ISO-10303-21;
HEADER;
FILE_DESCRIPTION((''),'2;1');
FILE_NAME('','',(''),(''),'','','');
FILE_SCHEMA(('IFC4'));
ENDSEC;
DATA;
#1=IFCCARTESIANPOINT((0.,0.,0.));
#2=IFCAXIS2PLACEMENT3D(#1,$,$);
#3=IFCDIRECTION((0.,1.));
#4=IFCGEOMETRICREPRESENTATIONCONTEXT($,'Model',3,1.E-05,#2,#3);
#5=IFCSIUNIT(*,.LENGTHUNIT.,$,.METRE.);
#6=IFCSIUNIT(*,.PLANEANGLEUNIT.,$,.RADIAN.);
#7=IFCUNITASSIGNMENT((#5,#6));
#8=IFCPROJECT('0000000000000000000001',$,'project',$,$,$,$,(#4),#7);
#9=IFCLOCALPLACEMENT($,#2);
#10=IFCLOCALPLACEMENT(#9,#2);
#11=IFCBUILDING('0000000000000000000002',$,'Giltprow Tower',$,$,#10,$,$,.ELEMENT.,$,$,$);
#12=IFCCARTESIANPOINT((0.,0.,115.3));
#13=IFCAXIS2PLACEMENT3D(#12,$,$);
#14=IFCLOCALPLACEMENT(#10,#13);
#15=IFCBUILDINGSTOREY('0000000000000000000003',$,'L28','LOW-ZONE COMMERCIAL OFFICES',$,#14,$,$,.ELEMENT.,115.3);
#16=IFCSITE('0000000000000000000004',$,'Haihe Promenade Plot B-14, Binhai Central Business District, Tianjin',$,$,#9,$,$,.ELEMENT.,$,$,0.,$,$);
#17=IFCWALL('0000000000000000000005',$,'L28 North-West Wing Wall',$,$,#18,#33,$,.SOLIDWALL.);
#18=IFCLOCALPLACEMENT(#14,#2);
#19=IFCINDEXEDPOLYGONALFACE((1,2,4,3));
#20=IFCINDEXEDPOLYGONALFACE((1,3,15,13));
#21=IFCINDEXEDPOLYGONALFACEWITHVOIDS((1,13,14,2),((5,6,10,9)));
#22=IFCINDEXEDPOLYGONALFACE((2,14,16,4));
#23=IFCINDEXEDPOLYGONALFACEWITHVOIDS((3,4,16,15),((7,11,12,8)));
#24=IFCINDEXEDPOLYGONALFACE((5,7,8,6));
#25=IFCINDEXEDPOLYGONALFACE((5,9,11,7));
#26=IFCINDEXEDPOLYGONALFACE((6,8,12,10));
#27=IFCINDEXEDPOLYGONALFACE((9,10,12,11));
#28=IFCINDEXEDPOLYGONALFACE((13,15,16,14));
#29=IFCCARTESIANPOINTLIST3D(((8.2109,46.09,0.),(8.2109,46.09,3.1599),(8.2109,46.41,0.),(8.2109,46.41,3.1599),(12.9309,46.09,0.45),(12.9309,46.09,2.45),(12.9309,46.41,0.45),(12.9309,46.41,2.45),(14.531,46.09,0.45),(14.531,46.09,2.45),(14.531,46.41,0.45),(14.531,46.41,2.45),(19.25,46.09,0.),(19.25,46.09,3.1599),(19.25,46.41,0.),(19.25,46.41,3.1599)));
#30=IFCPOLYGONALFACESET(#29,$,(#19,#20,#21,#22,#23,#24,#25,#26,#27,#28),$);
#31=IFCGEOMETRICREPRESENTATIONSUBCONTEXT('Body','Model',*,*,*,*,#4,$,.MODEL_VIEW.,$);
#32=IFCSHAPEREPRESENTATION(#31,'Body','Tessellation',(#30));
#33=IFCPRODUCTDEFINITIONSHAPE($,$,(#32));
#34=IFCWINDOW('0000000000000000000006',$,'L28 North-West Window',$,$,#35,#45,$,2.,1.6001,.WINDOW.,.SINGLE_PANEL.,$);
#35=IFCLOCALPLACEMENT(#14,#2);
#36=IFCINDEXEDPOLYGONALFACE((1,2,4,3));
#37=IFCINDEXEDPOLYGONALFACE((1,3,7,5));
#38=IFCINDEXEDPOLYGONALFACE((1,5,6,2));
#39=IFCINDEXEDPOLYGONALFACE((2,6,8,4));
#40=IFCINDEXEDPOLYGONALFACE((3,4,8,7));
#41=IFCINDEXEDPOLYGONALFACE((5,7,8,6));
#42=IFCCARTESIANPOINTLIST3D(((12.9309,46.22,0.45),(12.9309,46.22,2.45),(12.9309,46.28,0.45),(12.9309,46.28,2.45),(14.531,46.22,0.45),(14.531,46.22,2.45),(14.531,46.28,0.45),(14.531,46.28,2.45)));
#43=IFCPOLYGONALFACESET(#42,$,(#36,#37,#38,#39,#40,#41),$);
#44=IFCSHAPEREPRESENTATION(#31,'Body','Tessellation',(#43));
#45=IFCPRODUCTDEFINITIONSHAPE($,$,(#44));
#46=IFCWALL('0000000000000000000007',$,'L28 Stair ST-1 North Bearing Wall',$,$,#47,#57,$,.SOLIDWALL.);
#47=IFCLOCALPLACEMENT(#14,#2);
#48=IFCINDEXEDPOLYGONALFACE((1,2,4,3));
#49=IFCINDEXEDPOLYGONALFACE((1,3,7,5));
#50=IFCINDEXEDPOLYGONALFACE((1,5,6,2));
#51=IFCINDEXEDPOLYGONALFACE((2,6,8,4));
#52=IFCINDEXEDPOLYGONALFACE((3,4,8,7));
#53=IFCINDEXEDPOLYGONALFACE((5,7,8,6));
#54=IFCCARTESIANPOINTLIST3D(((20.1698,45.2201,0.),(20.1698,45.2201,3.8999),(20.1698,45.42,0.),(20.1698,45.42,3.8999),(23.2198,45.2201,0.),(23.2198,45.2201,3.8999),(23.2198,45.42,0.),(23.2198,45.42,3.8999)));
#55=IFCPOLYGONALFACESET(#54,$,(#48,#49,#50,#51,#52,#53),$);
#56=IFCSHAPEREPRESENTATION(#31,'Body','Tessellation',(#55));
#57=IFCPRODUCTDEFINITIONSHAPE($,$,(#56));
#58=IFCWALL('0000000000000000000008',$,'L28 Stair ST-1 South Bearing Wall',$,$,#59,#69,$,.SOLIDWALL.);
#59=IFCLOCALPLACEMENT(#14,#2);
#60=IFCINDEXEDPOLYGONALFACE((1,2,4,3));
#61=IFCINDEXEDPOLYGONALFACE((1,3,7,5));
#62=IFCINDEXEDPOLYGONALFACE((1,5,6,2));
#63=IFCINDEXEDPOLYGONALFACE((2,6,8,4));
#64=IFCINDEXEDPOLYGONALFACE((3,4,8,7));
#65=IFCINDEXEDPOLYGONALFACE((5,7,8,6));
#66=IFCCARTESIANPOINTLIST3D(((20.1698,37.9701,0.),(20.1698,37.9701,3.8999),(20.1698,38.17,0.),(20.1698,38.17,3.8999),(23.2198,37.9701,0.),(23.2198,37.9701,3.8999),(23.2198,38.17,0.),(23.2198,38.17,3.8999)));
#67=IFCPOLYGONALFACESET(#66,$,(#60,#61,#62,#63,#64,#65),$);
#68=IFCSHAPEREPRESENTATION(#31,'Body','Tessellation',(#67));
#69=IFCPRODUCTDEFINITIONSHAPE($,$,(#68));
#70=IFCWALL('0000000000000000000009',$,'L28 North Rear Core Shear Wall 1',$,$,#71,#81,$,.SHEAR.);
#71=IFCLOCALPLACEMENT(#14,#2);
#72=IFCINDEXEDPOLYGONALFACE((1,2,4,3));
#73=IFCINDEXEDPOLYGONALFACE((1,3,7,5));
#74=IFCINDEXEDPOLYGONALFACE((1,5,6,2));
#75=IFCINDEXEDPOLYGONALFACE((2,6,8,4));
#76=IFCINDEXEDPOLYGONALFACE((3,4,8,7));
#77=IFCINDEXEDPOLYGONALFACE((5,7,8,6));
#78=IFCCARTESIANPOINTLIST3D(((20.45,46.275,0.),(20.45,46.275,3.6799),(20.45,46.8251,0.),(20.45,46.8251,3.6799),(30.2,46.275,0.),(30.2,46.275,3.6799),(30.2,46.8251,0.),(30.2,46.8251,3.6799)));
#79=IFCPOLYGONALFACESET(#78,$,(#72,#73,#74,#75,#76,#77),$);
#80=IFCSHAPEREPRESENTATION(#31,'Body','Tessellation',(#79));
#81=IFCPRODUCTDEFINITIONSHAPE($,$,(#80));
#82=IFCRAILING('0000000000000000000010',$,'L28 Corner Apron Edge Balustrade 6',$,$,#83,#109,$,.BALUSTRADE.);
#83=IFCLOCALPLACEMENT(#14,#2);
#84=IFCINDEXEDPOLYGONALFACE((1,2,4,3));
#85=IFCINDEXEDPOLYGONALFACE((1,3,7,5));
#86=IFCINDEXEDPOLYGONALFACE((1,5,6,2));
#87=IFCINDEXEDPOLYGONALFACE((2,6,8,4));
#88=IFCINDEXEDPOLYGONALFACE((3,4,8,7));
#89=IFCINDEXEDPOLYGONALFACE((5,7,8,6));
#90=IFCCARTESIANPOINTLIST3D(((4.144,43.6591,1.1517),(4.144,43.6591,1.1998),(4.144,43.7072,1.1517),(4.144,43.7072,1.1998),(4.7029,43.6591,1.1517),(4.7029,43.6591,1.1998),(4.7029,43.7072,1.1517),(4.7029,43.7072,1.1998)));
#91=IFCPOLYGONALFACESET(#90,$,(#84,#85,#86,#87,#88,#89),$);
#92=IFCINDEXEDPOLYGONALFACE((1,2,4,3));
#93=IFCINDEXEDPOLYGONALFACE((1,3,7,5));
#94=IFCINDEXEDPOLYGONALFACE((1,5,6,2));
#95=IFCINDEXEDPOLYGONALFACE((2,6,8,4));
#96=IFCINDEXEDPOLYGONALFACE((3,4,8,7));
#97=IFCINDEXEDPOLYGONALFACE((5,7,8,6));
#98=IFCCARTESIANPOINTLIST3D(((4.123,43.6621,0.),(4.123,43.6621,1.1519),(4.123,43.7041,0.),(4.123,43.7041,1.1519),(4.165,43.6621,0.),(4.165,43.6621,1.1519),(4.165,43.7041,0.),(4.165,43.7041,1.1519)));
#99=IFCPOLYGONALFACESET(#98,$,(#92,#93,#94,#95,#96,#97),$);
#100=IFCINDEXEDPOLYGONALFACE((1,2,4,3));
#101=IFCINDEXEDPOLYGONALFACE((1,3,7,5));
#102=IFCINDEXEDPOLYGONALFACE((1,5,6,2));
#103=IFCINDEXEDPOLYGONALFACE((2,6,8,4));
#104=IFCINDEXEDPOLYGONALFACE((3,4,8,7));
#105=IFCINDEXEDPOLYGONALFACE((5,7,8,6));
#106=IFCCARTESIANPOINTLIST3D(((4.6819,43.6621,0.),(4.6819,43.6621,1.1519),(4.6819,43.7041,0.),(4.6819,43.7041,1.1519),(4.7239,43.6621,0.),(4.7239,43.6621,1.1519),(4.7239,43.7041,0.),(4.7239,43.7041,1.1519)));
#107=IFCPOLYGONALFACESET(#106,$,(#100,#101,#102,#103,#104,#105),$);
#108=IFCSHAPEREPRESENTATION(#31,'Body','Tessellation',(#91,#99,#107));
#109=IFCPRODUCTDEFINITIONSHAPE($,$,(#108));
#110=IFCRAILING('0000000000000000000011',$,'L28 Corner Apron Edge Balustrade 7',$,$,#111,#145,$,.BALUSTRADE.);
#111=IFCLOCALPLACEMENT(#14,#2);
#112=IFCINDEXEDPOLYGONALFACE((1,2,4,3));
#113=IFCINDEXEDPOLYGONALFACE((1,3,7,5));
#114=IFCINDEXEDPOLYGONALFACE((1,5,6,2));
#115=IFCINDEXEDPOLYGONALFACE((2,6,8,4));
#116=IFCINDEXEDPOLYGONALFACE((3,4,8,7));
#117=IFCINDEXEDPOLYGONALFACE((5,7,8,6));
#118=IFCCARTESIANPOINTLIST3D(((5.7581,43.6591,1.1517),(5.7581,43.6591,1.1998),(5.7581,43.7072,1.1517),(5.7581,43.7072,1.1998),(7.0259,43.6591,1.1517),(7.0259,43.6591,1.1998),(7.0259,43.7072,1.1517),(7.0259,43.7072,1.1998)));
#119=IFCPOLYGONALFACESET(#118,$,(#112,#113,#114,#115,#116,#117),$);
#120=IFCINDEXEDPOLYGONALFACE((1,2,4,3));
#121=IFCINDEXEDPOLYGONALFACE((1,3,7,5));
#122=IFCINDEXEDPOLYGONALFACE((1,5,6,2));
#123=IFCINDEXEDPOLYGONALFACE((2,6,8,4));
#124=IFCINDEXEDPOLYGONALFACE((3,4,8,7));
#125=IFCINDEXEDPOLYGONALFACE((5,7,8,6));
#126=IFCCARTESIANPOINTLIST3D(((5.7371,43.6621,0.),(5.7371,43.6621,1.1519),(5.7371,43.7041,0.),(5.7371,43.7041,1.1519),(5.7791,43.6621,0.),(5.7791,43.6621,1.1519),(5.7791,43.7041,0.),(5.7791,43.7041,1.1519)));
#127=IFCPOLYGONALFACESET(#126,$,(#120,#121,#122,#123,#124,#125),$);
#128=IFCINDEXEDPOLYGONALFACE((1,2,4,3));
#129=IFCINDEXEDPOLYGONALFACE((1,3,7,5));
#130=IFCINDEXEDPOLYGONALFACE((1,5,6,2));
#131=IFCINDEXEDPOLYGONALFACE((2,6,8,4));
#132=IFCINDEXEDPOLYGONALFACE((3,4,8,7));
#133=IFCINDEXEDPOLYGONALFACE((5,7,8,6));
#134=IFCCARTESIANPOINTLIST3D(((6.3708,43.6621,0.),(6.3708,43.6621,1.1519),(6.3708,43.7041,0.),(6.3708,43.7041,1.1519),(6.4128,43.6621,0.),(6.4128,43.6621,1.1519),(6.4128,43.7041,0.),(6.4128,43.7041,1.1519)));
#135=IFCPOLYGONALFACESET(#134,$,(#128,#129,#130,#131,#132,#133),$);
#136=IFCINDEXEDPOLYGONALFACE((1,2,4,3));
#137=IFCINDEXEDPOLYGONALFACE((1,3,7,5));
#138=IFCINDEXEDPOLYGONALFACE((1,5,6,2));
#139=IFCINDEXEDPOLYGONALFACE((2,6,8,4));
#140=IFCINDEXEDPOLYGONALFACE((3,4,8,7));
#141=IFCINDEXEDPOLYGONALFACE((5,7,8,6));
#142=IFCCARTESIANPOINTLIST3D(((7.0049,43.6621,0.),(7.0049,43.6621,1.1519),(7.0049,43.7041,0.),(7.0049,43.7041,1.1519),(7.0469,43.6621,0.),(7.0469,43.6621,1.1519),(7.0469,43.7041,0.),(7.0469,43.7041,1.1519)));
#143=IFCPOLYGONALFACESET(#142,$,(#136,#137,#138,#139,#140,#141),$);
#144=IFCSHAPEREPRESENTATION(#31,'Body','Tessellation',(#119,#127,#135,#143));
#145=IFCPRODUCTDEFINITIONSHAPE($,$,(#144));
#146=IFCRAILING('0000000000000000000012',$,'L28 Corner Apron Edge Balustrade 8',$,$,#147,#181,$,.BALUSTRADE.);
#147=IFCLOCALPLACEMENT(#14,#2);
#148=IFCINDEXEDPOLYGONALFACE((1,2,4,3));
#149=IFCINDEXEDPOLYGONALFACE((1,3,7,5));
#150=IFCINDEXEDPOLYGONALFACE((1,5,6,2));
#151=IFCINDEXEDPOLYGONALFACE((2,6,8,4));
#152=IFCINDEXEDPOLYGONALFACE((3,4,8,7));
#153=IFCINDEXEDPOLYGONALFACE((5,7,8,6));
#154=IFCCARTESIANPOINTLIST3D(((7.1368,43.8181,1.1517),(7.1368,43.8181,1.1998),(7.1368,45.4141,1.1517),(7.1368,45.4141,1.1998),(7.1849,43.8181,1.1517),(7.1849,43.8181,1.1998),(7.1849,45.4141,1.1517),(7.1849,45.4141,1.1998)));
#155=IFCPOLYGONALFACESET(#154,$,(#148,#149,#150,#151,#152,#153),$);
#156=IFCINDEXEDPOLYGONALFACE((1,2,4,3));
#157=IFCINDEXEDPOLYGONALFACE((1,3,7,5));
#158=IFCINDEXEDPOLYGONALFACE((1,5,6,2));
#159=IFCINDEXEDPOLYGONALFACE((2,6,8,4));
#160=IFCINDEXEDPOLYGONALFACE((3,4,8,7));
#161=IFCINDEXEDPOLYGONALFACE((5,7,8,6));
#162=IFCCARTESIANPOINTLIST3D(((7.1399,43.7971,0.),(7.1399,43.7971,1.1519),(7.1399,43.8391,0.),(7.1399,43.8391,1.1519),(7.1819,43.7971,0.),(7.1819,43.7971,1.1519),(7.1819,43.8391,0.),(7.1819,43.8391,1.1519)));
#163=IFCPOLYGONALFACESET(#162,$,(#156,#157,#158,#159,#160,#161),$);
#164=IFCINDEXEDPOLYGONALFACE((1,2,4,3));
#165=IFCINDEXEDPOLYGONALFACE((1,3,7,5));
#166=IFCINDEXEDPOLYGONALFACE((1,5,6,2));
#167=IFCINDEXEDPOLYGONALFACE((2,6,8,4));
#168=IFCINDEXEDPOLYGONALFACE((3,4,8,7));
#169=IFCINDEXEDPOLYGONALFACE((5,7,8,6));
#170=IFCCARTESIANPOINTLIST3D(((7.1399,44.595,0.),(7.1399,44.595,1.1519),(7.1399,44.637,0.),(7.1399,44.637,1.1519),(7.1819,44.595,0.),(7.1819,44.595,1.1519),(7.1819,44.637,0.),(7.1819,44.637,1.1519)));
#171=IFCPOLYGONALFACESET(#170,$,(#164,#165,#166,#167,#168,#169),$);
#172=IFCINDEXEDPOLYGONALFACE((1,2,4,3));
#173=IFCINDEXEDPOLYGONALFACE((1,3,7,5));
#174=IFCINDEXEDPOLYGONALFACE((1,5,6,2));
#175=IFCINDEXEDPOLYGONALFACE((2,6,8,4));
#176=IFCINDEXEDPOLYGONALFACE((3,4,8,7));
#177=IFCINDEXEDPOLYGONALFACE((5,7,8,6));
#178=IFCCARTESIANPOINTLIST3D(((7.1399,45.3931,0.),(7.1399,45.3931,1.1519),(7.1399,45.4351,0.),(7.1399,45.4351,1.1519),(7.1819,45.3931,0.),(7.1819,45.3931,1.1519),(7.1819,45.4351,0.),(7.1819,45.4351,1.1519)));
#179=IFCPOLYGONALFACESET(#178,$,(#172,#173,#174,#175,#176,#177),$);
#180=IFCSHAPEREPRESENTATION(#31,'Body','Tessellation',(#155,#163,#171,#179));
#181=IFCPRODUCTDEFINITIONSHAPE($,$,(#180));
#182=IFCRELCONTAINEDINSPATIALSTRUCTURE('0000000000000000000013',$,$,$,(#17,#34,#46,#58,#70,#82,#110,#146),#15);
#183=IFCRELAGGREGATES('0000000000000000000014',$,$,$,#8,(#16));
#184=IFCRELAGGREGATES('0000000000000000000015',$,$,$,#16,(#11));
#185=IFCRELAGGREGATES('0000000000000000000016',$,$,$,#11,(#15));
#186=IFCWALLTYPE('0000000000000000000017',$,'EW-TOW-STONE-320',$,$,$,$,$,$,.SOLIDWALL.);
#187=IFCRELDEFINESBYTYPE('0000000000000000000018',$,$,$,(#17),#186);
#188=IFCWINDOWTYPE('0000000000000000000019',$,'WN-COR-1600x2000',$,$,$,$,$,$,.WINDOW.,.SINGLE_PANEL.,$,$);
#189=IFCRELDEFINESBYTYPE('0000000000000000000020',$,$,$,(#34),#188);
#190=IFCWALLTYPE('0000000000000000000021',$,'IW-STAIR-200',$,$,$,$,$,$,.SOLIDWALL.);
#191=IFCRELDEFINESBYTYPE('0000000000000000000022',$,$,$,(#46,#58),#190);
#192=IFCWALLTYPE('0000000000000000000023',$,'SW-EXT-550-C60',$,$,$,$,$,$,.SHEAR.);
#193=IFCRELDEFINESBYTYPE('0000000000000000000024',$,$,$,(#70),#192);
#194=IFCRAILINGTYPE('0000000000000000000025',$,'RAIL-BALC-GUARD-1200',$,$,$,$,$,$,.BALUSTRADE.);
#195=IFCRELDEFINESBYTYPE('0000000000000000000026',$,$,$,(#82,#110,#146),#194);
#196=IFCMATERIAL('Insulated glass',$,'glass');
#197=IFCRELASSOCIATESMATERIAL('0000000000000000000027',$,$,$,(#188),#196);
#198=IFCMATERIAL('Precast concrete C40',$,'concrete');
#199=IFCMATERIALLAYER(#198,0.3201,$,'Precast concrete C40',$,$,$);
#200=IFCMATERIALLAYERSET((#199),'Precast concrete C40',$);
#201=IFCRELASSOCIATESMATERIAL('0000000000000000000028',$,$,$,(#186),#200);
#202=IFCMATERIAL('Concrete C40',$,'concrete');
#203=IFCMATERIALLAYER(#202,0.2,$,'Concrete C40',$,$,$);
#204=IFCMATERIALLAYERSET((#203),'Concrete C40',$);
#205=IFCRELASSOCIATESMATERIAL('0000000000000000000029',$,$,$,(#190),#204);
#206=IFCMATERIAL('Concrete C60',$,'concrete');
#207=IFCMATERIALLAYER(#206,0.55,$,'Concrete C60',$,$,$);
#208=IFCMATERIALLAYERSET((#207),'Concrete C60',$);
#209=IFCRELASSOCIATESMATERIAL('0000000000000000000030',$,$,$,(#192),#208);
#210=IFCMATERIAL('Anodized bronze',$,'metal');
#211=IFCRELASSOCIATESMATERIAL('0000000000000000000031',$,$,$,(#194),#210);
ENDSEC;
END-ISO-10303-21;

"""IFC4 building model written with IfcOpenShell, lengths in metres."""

from ifc_helpers import new_model, si_unit, direction, frame, frame_2d, origin, origin_2d, place, context, subcontext, project, spatial, rectangle, extrude, source, transform, mapped, material, layer, layer_set, type_object, element, fill, save


model = new_model("IFC4")

# Units and contexts
model_context = context("Model", 3, precision=1e-05, world=origin(), true_north=direction((0.0, 1.0)))
body_context = subcontext(model_context, "Body", "Model", "MODEL_VIEW")
ifc_project = project(units=[si_unit("LENGTHUNIT", "METRE"), si_unit("PLANEANGLEUNIT", "RADIAN")], contexts=[model_context])

# Site, building, storey
site_placement = place(None, origin())
site = spatial("IfcSite", under=ifc_project, at=site_placement, Name="Haihe Promenade Plot B-14, Binhai Central Business District, Tianjin", CompositionType="ELEMENT", RefElevation=0.0)
building_placement = place(site_placement, origin())
building = spatial("IfcBuilding", under=site, at=building_placement, Name="Giltprow Tower", CompositionType="ELEMENT")
storey_placement = place(building_placement, frame((0.0, 0.0, 115.3)))
storey = spatial("IfcBuildingStorey", under=building, at=storey_placement, Name="L28", Description="LOW-ZONE COMMERCIAL OFFICES", CompositionType="ELEMENT", Elevation=115.3)

# Shared definitions
ifc_material_1 = material(Name="Concrete C60", Category="concrete")

# Wall, opening, window
ifc_material_2 = material(Name="Precast concrete C40", Category="concrete")
ifc_material_3 = material(Name="Insulated glass", Category="glass")
window_type = type_object("IfcWindowType", Name="WN-COR-1600x2000", PartitioningType="SINGLE_PANEL", PredefinedType="WINDOW", material=ifc_material_3)
shared_shape_1 = source(origin(), body_context, "Body", "SweptSolid", [
    extrude(rectangle(XDim=1.6001, YDim=2.0, at=frame_2d((0.8, 1.0))), frame((0.0, 0.03, 0.0), z_axis=(0.0, -1.0, 0.0), x_axis=(1.0, 0.0, 0.0)), (0.0, 0.0, 1.0), 0.0601),
])
ifc_layer_1 = layer(ifc_material_2, 0.3201, Name="Precast concrete C40")
ifc_layer_set_1 = layer_set([ifc_layer_1], Name="Precast concrete C40")
wall_type_1 = type_object("IfcWallType", Name="EW-TOW-STONE-320", PredefinedType="SOLIDWALL", material=ifc_layer_set_1)
wall_1_placement = place(storey_placement, frame((8.2109, 46.25, 0.0), z_axis=(0.0, 0.0, 1.0), x_axis=(1.0, 0.0, 0.0)))
wall_1 = element("IfcWall", 1, at=wall_1_placement, inside=storey, type_object=wall_type_1, Name="L28 North-West Wing Wall", PredefinedType="SOLIDWALL", context=body_context, shape_type="SweptSolid", body=[
    extrude(rectangle(XDim=11.0391, YDim=0.3201, at=frame_2d((5.5195, 0.0))), origin(), (0.0, 0.0, 1.0), 3.1599),
])
opening_1_placement = place(wall_1_placement, frame((4.72, 0.0, 0.45)))
opening_1 = element("IfcOpeningElement", 2, at=opening_1_placement, cuts=wall_1, PredefinedType="OPENING", context=body_context, shape_type="SweptSolid", body=[
    extrude(rectangle(XDim=1.6001, YDim=2.0, at=frame_2d((0.8, 1.0))), frame((0.0, 0.1699, 0.0), z_axis=(0.0, -1.0, 0.0), x_axis=(1.0, 0.0, 0.0)), (0.0, 0.0, 1.0), 0.3401),
])
window_1_placement = place(opening_1_placement, origin())
window_1 = element("IfcWindow", 3, at=window_1_placement, inside=storey, type_object=window_type, Name="L28 North-West Window", OverallHeight=2.0, OverallWidth=1.6001, PartitioningType="SINGLE_PANEL", PredefinedType="WINDOW", context=body_context, shape_type="MappedRepresentation", body=[
    mapped(shared_shape_1, transform((0.0, 0.0, 0.0), x_axis=(1.0, 0.0, 0.0), y_axis=(0.0, 1.0, 0.0), z_axis=(0.0, 0.0, 1.0), scale=1.0)),
])
fill(opening_1, window_1)

# Walls
ifc_material_4 = material(Name="Concrete C40", Category="concrete")
ifc_layer_2 = layer(ifc_material_4, 0.2, Name="Concrete C40")
ifc_layer_set_2 = layer_set([ifc_layer_2], Name="Concrete C40")
wall_type_2 = type_object("IfcWallType", Name="IW-STAIR-200", PredefinedType="SOLIDWALL", material=ifc_layer_set_2)
for number, where, z_axis, x_axis, name in (
    (4, (20.1699, 45.3201, 0.0), (0.0, 0.0, 1.0), (1.0, 0.0, 0.0), "L28 Stair ST-1 North Bearing Wall"),
    (5, (20.1699, 38.0701, 0.0), (0.0, 0.0, 1.0), (1.0, 0.0, 0.0), "L28 Stair ST-1 South Bearing Wall"),
):
    element("IfcWall", number, at=place(storey_placement, frame(where, z_axis=z_axis, x_axis=x_axis)), inside=storey, type_object=wall_type_2, Name=name, PredefinedType="SOLIDWALL", context=body_context, shape_type="SweptSolid", body=[
        extrude(rectangle(XDim=3.05, YDim=0.2, at=frame_2d((1.5249, 0.0))), origin(), (0.0, 0.0, 1.0), 3.8999),
    ])
ifc_layer_3 = layer(ifc_material_1, 0.55, Name="Concrete C60")
ifc_layer_set_3 = layer_set([ifc_layer_3], Name="Concrete C60")
wall_type_3 = type_object("IfcWallType", Name="SW-EXT-550-C60", PredefinedType="SHEAR", material=ifc_layer_set_3)
wall_2_placement = place(storey_placement, frame((20.45, 46.55, 0.0), z_axis=(0.0, 0.0, 1.0), x_axis=(1.0, 0.0, 0.0)))
element("IfcWall", 6, at=wall_2_placement, inside=storey, type_object=wall_type_3, Name="L28 North Rear Core Shear Wall 1", PredefinedType="SHEAR", context=body_context, shape_type="SweptSolid", body=[
    extrude(rectangle(XDim=9.75, YDim=0.55, at=frame_2d((4.875, 0.0))), origin(), (0.0, 0.0, 1.0), 3.6799),
])

# Railings
ifc_material_5 = material(Name="Anodized bronze", Category="metal")
railing_type_1 = type_object("IfcRailingType", Name="RAIL-BALC-GUARD-1200", PredefinedType="BALUSTRADE", material=ifc_material_5)
railing_1_placement = place(storey_placement, frame((4.144, 43.6831, 0.0)))
element("IfcRailing", 7, at=railing_1_placement, inside=storey, type_object=railing_type_1, Name="L28 Corner Apron Edge Balustrade 6", PredefinedType="BALUSTRADE", context=body_context, shape_type="SweptSolid", body=[
    extrude(rectangle(XDim=0.0481, YDim=0.0481, at=origin_2d()), frame((0.0, 0.0, 1.1758), z_axis=(1.0, 0.0, 0.0), x_axis=(0.0, 1.0, 0.0)), (0.0, 0.0, 1.0), 0.5588),
    extrude(rectangle(XDim=0.042, YDim=0.042, at=origin_2d()), origin(), (0.0, 0.0, 1.0), 1.1519),
    extrude(rectangle(XDim=0.042, YDim=0.042, at=origin_2d()), frame((0.5588, 0.0, 0.0)), (0.0, 0.0, 1.0), 1.1519),
])
railing_2_placement = place(storey_placement, frame((5.7581, 43.6831, 0.0)))
element("IfcRailing", 8, at=railing_2_placement, inside=storey, type_object=railing_type_1, Name="L28 Corner Apron Edge Balustrade 7", PredefinedType="BALUSTRADE", context=body_context, shape_type="SweptSolid", body=[
    extrude(rectangle(XDim=0.0481, YDim=0.0481, at=origin_2d()), frame((0.0, 0.0, 1.1758), z_axis=(1.0, 0.0, 0.0), x_axis=(0.0, 1.0, 0.0)), (0.0, 0.0, 1.0), 1.2678),
    extrude(rectangle(XDim=0.042, YDim=0.042, at=origin_2d()), origin(), (0.0, 0.0, 1.0), 1.1519),
    extrude(rectangle(XDim=0.042, YDim=0.042, at=origin_2d()), frame((0.6338, 0.0, 0.0)), (0.0, 0.0, 1.0), 1.1519),
    extrude(rectangle(XDim=0.042, YDim=0.042, at=origin_2d()), frame((1.2678, 0.0, 0.0)), (0.0, 0.0, 1.0), 1.1519),
])
railing_3_placement = place(storey_placement, frame((7.1609, 43.8181, 0.0)))
element("IfcRailing", 9, at=railing_3_placement, inside=storey, type_object=railing_type_1, Name="L28 Corner Apron Edge Balustrade 8", PredefinedType="BALUSTRADE", context=body_context, shape_type="SweptSolid", body=[
    extrude(rectangle(XDim=0.0481, YDim=0.0481, at=origin_2d()), frame((0.0, 0.0, 1.1758), z_axis=(0.0, 1.0, 0.0), x_axis=(-1.0, 0.0, 0.0)), (0.0, 0.0, 1.0), 1.5959),
    extrude(rectangle(XDim=0.042, YDim=0.042, at=origin_2d()), origin(), (0.0, 0.0, 1.0), 1.1519),
    extrude(rectangle(XDim=0.042, YDim=0.042, at=origin_2d()), frame((0.0, 0.7979, 0.0)), (0.0, 0.0, 1.0), 1.1519),
    extrude(rectangle(XDim=0.042, YDim=0.042, at=origin_2d()), frame((0.0, 1.5959, 0.0)), (0.0, 0.0, 1.0), 1.1519),
])

save(model, "model.ifc")
